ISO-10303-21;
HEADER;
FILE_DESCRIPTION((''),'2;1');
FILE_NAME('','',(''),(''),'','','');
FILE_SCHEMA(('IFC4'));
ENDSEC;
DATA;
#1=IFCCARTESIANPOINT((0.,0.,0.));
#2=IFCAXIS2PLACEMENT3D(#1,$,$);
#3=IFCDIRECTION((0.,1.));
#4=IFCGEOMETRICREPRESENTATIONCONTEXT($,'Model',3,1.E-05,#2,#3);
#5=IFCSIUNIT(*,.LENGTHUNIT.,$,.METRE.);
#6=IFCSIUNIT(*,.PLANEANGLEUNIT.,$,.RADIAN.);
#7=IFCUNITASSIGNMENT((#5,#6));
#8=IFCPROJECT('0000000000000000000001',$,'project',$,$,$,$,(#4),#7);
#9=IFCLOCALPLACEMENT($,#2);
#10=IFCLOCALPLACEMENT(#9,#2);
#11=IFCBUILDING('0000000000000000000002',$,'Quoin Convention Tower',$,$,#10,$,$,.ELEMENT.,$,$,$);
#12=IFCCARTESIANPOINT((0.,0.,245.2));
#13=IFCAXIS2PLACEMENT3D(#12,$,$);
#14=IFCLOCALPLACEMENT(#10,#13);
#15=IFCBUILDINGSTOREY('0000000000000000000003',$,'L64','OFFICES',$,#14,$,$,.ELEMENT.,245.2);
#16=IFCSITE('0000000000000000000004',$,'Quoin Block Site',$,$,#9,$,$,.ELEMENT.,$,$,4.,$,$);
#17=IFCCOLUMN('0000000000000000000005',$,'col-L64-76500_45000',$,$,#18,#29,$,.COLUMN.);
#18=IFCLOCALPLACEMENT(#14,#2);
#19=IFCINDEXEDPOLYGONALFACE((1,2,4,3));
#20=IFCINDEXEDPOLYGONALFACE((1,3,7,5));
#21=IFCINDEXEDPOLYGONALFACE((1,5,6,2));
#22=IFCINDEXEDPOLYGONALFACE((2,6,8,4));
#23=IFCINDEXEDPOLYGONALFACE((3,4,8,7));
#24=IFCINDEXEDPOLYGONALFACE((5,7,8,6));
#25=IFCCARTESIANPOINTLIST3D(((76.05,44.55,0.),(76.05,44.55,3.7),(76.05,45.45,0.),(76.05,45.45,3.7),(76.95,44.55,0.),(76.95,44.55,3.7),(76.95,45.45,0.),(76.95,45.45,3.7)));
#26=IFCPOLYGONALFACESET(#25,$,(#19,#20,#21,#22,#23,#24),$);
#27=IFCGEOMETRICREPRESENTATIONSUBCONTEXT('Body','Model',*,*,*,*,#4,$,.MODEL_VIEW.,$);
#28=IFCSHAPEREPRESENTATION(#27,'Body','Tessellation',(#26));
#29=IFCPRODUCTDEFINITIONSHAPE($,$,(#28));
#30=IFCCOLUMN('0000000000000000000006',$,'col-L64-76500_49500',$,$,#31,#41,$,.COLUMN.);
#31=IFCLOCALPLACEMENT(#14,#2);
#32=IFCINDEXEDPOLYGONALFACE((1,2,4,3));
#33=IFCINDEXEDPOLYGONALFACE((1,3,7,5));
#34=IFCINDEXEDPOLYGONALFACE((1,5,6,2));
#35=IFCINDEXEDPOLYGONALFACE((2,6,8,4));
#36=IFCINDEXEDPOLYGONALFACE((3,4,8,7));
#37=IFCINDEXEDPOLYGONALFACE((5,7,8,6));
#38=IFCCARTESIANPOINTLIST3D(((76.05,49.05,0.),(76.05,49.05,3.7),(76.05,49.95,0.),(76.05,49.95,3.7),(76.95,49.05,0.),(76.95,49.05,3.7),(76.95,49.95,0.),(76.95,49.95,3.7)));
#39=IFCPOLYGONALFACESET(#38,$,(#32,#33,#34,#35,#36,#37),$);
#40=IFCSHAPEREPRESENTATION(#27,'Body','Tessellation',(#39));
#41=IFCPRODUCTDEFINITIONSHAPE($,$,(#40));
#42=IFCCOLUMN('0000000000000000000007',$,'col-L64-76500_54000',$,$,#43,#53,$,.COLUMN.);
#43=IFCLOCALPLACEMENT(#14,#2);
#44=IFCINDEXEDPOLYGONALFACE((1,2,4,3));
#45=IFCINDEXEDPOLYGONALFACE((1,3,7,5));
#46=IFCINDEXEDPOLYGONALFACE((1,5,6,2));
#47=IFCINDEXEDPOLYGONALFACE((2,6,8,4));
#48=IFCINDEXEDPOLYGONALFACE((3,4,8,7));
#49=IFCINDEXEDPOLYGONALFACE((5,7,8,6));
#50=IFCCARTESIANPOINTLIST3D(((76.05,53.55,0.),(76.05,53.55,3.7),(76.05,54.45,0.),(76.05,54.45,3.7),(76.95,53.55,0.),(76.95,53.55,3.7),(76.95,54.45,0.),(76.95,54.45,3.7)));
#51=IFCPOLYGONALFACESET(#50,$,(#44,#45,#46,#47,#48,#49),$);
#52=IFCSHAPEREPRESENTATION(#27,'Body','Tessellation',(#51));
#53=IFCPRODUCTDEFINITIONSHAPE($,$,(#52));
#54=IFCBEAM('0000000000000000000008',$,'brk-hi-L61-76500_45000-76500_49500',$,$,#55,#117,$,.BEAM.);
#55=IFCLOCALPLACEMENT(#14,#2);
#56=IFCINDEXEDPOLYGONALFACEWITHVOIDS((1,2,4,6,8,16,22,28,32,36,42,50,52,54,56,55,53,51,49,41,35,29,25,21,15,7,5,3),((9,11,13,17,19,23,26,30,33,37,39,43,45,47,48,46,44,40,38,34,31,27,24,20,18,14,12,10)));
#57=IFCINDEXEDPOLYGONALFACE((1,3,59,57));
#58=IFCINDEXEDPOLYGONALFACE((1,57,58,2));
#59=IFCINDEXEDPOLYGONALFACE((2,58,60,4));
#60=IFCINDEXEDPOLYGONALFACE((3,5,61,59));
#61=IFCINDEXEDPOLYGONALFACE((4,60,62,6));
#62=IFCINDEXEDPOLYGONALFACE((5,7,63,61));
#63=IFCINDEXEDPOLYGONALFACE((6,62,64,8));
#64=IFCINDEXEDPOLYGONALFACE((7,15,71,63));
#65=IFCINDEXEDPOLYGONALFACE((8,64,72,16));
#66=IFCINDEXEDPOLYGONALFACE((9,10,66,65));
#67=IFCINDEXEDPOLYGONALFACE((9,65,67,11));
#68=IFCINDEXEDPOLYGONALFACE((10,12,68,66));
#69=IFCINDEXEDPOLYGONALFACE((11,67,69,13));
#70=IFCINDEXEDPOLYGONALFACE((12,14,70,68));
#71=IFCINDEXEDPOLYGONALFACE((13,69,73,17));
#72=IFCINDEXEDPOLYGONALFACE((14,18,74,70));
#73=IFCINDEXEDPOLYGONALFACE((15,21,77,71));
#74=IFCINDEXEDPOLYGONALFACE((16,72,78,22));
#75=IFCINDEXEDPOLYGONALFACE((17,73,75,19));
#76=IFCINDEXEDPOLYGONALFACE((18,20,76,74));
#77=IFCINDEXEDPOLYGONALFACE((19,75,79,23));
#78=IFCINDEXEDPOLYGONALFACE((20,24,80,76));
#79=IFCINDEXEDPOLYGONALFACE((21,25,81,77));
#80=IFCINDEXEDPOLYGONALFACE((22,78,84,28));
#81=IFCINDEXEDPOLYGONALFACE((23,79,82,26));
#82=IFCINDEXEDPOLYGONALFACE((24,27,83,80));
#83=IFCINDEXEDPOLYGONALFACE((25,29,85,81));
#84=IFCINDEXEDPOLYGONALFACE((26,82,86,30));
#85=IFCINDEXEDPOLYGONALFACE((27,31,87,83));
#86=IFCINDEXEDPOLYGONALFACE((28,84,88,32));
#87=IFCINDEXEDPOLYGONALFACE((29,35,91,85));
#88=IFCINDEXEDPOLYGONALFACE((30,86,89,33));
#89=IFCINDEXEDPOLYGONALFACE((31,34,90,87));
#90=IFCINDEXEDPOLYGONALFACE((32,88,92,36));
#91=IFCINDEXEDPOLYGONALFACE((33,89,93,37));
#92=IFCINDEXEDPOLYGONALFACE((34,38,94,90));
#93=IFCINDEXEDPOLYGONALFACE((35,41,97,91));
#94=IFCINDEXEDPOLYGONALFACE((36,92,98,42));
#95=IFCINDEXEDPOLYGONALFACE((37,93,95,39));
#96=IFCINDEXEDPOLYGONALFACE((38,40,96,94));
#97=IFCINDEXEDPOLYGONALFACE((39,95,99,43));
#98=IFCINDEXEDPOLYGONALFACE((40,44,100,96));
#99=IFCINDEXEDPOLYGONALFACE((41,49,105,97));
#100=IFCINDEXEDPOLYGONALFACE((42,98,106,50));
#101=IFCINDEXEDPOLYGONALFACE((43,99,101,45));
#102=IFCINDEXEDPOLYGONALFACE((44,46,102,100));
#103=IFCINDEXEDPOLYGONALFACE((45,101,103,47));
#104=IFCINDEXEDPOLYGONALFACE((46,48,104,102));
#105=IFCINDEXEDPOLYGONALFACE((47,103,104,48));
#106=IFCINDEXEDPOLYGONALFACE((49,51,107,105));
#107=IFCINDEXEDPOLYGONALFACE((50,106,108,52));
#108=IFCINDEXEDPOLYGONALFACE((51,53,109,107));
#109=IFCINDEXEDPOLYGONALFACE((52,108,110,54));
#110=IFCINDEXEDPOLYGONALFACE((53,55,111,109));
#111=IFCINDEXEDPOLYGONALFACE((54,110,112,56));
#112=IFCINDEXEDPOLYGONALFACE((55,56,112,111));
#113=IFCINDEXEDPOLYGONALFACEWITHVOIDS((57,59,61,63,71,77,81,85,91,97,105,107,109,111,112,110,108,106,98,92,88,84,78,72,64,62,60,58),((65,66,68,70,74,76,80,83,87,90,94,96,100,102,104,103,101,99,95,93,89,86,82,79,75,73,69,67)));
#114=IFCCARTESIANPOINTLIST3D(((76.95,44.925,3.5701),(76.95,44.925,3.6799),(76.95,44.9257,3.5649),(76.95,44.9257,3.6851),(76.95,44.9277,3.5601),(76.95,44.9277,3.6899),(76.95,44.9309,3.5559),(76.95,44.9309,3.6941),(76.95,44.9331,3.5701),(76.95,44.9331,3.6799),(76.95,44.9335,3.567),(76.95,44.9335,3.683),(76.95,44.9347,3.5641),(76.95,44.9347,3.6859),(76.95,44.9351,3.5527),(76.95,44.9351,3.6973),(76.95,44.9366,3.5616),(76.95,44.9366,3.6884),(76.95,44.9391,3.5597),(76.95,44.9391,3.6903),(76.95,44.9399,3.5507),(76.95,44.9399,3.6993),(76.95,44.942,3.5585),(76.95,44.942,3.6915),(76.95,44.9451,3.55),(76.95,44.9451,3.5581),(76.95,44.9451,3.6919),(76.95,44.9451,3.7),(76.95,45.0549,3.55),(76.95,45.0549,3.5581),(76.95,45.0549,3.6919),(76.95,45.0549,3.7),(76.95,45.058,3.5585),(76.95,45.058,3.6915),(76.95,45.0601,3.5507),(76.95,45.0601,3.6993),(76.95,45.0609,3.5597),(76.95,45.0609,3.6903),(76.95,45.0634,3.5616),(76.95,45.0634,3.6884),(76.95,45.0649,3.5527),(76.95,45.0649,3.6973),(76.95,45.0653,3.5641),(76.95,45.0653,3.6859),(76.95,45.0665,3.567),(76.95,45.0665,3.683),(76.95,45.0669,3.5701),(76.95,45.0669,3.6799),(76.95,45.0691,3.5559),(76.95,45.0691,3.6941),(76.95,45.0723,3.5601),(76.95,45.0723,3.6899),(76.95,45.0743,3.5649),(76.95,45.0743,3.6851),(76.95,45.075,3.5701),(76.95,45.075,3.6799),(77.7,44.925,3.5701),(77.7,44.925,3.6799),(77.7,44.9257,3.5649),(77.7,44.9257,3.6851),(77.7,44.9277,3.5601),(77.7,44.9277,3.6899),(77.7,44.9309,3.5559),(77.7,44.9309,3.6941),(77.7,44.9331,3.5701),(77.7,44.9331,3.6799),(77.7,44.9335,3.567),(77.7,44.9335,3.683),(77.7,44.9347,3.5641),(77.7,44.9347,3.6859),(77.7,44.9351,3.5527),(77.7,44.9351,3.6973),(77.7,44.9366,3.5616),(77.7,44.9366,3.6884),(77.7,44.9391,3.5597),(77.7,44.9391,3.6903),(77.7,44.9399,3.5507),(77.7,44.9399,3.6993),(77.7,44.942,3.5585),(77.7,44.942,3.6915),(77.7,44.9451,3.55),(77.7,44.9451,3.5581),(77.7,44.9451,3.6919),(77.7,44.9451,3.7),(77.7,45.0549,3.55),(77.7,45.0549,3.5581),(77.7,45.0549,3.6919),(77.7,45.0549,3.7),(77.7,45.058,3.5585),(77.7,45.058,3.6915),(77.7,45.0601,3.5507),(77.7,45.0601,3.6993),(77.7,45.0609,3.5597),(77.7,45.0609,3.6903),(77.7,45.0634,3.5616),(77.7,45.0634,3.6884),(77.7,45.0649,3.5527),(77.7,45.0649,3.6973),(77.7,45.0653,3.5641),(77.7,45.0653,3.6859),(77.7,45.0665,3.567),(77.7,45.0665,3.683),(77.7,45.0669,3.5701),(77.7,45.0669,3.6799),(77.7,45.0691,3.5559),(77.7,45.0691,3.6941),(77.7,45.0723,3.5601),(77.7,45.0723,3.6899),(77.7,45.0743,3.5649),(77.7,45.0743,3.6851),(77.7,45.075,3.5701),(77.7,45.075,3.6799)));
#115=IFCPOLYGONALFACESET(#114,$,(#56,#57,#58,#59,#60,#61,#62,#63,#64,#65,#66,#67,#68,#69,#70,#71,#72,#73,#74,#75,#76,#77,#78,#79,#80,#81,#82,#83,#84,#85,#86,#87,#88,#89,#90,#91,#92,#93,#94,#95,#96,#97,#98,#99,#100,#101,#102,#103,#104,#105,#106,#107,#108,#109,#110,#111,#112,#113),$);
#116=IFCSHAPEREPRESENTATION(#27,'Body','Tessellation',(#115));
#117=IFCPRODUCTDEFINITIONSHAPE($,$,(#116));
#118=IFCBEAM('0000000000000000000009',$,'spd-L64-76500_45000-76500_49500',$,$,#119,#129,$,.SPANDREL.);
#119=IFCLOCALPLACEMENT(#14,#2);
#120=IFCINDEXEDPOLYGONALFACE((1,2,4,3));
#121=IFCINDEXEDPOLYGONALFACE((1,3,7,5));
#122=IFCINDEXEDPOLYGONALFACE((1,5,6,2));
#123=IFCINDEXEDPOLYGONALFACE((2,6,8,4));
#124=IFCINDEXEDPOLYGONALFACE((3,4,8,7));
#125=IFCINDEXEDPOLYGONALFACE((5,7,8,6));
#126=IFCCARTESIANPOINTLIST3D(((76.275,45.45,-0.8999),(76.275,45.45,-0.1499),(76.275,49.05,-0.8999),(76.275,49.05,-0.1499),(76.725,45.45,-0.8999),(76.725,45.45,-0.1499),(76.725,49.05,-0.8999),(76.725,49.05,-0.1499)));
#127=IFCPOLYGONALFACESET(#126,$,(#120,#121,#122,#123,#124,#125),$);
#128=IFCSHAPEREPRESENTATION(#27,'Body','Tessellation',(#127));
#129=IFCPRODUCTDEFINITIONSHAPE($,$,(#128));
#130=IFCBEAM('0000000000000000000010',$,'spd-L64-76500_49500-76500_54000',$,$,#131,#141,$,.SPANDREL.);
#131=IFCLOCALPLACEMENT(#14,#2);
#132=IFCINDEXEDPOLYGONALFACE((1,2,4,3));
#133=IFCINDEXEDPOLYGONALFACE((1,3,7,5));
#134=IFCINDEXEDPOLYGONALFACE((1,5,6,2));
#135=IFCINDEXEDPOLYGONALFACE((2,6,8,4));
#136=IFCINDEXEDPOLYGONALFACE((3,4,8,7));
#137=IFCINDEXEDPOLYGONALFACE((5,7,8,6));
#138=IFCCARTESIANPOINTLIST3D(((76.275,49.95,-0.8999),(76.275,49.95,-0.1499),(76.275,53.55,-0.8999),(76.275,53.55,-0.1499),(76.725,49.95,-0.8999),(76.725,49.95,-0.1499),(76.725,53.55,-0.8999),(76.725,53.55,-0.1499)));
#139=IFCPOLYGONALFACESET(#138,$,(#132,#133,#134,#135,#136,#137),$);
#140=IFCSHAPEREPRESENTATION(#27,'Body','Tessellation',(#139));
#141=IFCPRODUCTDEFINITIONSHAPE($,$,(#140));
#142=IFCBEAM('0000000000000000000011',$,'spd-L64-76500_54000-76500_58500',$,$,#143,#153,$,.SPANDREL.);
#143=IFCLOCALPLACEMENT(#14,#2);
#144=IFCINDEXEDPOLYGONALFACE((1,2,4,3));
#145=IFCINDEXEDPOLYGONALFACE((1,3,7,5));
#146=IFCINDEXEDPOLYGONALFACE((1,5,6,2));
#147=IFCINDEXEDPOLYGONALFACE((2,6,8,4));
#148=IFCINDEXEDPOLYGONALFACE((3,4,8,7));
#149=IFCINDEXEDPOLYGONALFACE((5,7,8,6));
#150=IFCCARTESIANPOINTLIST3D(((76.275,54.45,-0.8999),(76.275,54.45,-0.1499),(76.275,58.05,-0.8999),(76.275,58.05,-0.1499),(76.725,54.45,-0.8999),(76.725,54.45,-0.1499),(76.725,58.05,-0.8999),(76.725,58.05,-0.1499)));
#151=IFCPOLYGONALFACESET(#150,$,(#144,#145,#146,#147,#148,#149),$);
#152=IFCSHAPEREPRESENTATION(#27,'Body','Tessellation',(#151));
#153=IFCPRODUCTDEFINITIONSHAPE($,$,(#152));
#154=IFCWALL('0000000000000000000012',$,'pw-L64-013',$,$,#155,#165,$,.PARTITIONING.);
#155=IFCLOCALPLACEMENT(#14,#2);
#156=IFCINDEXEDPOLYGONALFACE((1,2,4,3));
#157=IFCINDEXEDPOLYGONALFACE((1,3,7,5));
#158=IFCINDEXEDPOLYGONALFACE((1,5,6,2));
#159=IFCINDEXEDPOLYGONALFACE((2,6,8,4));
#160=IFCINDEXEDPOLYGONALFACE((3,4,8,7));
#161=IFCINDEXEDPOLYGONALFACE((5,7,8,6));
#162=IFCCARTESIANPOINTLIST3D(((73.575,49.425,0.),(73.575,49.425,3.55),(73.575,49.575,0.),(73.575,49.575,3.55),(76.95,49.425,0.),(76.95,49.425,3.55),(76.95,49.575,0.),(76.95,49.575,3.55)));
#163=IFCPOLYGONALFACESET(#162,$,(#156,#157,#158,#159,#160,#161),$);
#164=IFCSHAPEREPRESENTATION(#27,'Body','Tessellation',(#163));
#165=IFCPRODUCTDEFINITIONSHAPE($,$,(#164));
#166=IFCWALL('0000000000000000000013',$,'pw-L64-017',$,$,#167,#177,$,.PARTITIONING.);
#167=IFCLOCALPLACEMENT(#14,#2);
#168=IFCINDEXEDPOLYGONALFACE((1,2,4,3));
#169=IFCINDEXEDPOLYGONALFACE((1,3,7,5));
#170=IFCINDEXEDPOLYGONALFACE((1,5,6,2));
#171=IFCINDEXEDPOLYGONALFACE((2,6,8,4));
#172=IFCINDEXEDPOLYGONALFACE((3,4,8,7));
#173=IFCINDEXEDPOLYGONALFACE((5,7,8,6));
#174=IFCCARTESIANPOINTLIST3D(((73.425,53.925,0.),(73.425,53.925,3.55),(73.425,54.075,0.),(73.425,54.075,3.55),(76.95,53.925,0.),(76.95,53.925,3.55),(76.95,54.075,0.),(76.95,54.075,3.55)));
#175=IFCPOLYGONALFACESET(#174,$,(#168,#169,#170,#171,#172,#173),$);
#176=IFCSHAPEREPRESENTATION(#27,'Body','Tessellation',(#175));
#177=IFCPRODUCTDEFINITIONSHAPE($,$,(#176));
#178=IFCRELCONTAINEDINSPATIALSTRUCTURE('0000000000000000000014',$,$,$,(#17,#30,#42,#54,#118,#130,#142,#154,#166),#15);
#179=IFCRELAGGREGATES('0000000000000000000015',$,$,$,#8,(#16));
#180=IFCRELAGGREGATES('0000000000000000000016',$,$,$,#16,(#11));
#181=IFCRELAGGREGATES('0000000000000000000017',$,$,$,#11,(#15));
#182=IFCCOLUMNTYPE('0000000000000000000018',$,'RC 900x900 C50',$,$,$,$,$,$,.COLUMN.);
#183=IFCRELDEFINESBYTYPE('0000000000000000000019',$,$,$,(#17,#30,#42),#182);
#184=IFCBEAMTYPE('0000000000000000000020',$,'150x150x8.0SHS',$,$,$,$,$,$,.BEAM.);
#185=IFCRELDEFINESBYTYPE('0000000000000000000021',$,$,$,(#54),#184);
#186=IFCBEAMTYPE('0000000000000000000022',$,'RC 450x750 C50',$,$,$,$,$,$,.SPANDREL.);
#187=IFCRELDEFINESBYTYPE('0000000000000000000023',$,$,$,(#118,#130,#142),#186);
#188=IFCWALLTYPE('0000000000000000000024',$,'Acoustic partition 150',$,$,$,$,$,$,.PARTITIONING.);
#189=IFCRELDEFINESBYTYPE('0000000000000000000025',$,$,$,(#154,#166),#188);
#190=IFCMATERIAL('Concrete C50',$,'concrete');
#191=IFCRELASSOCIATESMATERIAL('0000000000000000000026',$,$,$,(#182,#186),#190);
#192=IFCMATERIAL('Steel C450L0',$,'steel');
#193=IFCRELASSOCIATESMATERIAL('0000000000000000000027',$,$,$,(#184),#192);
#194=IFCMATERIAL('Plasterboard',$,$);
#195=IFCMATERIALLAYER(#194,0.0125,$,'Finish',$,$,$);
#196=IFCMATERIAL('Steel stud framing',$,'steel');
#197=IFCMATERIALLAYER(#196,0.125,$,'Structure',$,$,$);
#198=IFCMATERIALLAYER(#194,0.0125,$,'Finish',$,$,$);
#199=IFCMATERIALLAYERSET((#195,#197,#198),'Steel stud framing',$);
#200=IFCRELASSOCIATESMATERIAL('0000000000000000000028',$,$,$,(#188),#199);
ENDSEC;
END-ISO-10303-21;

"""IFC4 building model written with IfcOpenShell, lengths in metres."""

from ifc_helpers import new_model, si_unit, direction, frame, frame_2d, origin, origin_2d, place, context, subcontext, project, spatial, rectangle, hollow_rectangle, extrude, material, layer, layer_set, material_profile, profile_set, type_object, element, save


model = new_model("IFC4")

# Units and contexts
model_context = context("Model", 3, precision=1e-05, world=origin(), true_north=direction((0.0, 1.0)))
body_context = subcontext(model_context, "Body", "Model", "MODEL_VIEW")
ifc_project = project(units=[si_unit("LENGTHUNIT", "METRE"), si_unit("PLANEANGLEUNIT", "RADIAN")], contexts=[model_context])

# Site, building, storey
site_placement = place(None, origin())
site = spatial("IfcSite", under=ifc_project, at=site_placement, Name="Quoin Block Site", CompositionType="ELEMENT", RefElevation=4.0)
building_placement = place(site_placement, origin())
building = spatial("IfcBuilding", under=site, at=building_placement, Name="Quoin Convention Tower", CompositionType="ELEMENT")
storey_placement = place(building_placement, frame((0.0, 0.0, 245.2)))
storey = spatial("IfcBuildingStorey", under=building, at=storey_placement, Name="L64", Description="OFFICES", CompositionType="ELEMENT", Elevation=245.2)

# Columns
ifc_material_1 = material(Name="Concrete C50", Category="concrete")
ifc_material_profile_1 = material_profile(ifc_material_1, rectangle(XDim=0.8999, YDim=0.8999, at=origin_2d()), Name="RC 900x900")
ifc_profile_set_1 = profile_set([ifc_material_profile_1], Name="Concrete C50")
column_type = type_object("IfcColumnType", Name="RC 900x900 C50", PredefinedType="COLUMN", material=ifc_profile_set_1)
for number, where, z_axis, x_axis, name in (
    (1, (76.5, 45.0, 0.0), (0.0, 0.0, 1.0), (1.0, 0.0, 0.0), "col-L64-76500_45000"),
    (2, (76.5, 49.5, 0.0), (0.0, 0.0, 1.0), (1.0, 0.0, 0.0), "col-L64-76500_49500"),
    (3, (76.5, 54.0, 0.0), (0.0, 0.0, 1.0), (1.0, 0.0, 0.0), "col-L64-76500_54000"),
):
    element("IfcColumn", number, at=place(storey_placement, frame(where, z_axis=z_axis, x_axis=x_axis)), inside=storey, type_object=column_type, Name=name, PredefinedType="COLUMN", context=body_context, shape_type="SweptSolid", body=[
        extrude(rectangle(XDim=0.8999, YDim=0.8999, at=origin_2d()), origin(), (0.0, 0.0, 1.0), 3.7),
    ])

# Beams
ifc_material_2 = material(Name="Steel C450L0", Category="steel")
ifc_material_profile_2 = material_profile(ifc_material_2, hollow_rectangle(XDim=0.1499, YDim=0.1499, WallThickness=0.0081, InnerFilletRadius=0.012, OuterFilletRadius=0.02, at=origin_2d()), Name="150x150x8.0SHS")
ifc_profile_set_2 = profile_set([ifc_material_profile_2], Name="Steel C450L0")
beam_type_1 = type_object("IfcBeamType", Name="150x150x8.0SHS", PredefinedType="BEAM", material=ifc_profile_set_2)
beam_placement = place(storey_placement, frame((76.95, 45.0, 3.625), z_axis=(1.0, 0.0, 0.0), x_axis=(0.0, 1.0, 0.0)))
element("IfcBeam", 4, at=beam_placement, inside=storey, type_object=beam_type_1, Name="brk-hi-L61-76500_45000-76500_49500", PredefinedType="BEAM", context=body_context, shape_type="SweptSolid", body=[
    extrude(hollow_rectangle(XDim=0.1499, YDim=0.1499, WallThickness=0.0081, InnerFilletRadius=0.012, OuterFilletRadius=0.02, at=origin_2d()), origin(), (0.0, 0.0, 1.0), 0.75),
])
ifc_material_profile_3 = material_profile(ifc_material_1, rectangle(XDim=0.45, YDim=0.75, at=origin_2d()), Name="RC 450x750")
ifc_profile_set_3 = profile_set([ifc_material_profile_3], Name="Concrete C50")
beam_type_2 = type_object("IfcBeamType", Name="RC 450x750 C50", PredefinedType="SPANDREL", material=ifc_profile_set_3)
for number, where, z_axis, x_axis, name in (
    (5, (76.5, 45.45, -0.5249), (0.0, 1.0, 0.0), (-1.0, 0.0, 0.0), "spd-L64-76500_45000-76500_49500"),
    (6, (76.5, 49.95, -0.5249), (0.0, 1.0, 0.0), (-1.0, 0.0, 0.0), "spd-L64-76500_49500-76500_54000"),
    (7, (76.5, 54.45, -0.5249), (0.0, 1.0, 0.0), (-1.0, 0.0, 0.0), "spd-L64-76500_54000-76500_58500"),
):
    element("IfcBeam", number, at=place(storey_placement, frame(where, z_axis=z_axis, x_axis=x_axis)), inside=storey, type_object=beam_type_2, Name=name, PredefinedType="SPANDREL", context=body_context, shape_type="SweptSolid", body=[
        extrude(rectangle(XDim=0.45, YDim=0.75, at=origin_2d()), origin(), (0.0, 0.0, 1.0), 3.6001),
    ])

# Walls
ifc_material_3 = material(Name="Plasterboard")
ifc_layer_1 = layer(ifc_material_3, 0.0125, Name="Finish")
ifc_material_4 = material(Name="Steel stud framing", Category="steel")
ifc_layer_2 = layer(ifc_material_4, 0.125, Name="Structure")
ifc_layer_3 = layer(ifc_material_3, 0.0125, Name="Finish")
ifc_layer_set_1 = layer_set([ifc_layer_1, ifc_layer_2, ifc_layer_3], Name="Steel stud framing")
wall_type_1 = type_object("IfcWallType", Name="Acoustic partition 150", PredefinedType="PARTITIONING", material=ifc_layer_set_1)
wall_1_placement = place(storey_placement, frame((73.575, 49.5, 0.0), z_axis=(0.0, 0.0, 1.0), x_axis=(1.0, 0.0, 0.0)))
element("IfcWall", 8, at=wall_1_placement, inside=storey, type_object=wall_type_1, Name="pw-L64-013", PredefinedType="PARTITIONING", context=body_context, shape_type="SweptSolid", body=[
    extrude(rectangle(XDim=3.375, YDim=0.1499, at=frame_2d((1.6875, 0.0))), origin(), (0.0, 0.0, 1.0), 3.55),
])
wall_2_placement = place(storey_placement, frame((73.425, 54.0, 0.0), z_axis=(0.0, 0.0, 1.0), x_axis=(1.0, 0.0, 0.0)))
element("IfcWall", 9, at=wall_2_placement, inside=storey, type_object=wall_type_1, Name="pw-L64-017", PredefinedType="PARTITIONING", context=body_context, shape_type="SweptSolid", body=[
    extrude(rectangle(XDim=3.5249, YDim=0.1499, at=frame_2d((1.7625, 0.0))), origin(), (0.0, 0.0, 1.0), 3.55),
])

save(model, "model.ifc")
